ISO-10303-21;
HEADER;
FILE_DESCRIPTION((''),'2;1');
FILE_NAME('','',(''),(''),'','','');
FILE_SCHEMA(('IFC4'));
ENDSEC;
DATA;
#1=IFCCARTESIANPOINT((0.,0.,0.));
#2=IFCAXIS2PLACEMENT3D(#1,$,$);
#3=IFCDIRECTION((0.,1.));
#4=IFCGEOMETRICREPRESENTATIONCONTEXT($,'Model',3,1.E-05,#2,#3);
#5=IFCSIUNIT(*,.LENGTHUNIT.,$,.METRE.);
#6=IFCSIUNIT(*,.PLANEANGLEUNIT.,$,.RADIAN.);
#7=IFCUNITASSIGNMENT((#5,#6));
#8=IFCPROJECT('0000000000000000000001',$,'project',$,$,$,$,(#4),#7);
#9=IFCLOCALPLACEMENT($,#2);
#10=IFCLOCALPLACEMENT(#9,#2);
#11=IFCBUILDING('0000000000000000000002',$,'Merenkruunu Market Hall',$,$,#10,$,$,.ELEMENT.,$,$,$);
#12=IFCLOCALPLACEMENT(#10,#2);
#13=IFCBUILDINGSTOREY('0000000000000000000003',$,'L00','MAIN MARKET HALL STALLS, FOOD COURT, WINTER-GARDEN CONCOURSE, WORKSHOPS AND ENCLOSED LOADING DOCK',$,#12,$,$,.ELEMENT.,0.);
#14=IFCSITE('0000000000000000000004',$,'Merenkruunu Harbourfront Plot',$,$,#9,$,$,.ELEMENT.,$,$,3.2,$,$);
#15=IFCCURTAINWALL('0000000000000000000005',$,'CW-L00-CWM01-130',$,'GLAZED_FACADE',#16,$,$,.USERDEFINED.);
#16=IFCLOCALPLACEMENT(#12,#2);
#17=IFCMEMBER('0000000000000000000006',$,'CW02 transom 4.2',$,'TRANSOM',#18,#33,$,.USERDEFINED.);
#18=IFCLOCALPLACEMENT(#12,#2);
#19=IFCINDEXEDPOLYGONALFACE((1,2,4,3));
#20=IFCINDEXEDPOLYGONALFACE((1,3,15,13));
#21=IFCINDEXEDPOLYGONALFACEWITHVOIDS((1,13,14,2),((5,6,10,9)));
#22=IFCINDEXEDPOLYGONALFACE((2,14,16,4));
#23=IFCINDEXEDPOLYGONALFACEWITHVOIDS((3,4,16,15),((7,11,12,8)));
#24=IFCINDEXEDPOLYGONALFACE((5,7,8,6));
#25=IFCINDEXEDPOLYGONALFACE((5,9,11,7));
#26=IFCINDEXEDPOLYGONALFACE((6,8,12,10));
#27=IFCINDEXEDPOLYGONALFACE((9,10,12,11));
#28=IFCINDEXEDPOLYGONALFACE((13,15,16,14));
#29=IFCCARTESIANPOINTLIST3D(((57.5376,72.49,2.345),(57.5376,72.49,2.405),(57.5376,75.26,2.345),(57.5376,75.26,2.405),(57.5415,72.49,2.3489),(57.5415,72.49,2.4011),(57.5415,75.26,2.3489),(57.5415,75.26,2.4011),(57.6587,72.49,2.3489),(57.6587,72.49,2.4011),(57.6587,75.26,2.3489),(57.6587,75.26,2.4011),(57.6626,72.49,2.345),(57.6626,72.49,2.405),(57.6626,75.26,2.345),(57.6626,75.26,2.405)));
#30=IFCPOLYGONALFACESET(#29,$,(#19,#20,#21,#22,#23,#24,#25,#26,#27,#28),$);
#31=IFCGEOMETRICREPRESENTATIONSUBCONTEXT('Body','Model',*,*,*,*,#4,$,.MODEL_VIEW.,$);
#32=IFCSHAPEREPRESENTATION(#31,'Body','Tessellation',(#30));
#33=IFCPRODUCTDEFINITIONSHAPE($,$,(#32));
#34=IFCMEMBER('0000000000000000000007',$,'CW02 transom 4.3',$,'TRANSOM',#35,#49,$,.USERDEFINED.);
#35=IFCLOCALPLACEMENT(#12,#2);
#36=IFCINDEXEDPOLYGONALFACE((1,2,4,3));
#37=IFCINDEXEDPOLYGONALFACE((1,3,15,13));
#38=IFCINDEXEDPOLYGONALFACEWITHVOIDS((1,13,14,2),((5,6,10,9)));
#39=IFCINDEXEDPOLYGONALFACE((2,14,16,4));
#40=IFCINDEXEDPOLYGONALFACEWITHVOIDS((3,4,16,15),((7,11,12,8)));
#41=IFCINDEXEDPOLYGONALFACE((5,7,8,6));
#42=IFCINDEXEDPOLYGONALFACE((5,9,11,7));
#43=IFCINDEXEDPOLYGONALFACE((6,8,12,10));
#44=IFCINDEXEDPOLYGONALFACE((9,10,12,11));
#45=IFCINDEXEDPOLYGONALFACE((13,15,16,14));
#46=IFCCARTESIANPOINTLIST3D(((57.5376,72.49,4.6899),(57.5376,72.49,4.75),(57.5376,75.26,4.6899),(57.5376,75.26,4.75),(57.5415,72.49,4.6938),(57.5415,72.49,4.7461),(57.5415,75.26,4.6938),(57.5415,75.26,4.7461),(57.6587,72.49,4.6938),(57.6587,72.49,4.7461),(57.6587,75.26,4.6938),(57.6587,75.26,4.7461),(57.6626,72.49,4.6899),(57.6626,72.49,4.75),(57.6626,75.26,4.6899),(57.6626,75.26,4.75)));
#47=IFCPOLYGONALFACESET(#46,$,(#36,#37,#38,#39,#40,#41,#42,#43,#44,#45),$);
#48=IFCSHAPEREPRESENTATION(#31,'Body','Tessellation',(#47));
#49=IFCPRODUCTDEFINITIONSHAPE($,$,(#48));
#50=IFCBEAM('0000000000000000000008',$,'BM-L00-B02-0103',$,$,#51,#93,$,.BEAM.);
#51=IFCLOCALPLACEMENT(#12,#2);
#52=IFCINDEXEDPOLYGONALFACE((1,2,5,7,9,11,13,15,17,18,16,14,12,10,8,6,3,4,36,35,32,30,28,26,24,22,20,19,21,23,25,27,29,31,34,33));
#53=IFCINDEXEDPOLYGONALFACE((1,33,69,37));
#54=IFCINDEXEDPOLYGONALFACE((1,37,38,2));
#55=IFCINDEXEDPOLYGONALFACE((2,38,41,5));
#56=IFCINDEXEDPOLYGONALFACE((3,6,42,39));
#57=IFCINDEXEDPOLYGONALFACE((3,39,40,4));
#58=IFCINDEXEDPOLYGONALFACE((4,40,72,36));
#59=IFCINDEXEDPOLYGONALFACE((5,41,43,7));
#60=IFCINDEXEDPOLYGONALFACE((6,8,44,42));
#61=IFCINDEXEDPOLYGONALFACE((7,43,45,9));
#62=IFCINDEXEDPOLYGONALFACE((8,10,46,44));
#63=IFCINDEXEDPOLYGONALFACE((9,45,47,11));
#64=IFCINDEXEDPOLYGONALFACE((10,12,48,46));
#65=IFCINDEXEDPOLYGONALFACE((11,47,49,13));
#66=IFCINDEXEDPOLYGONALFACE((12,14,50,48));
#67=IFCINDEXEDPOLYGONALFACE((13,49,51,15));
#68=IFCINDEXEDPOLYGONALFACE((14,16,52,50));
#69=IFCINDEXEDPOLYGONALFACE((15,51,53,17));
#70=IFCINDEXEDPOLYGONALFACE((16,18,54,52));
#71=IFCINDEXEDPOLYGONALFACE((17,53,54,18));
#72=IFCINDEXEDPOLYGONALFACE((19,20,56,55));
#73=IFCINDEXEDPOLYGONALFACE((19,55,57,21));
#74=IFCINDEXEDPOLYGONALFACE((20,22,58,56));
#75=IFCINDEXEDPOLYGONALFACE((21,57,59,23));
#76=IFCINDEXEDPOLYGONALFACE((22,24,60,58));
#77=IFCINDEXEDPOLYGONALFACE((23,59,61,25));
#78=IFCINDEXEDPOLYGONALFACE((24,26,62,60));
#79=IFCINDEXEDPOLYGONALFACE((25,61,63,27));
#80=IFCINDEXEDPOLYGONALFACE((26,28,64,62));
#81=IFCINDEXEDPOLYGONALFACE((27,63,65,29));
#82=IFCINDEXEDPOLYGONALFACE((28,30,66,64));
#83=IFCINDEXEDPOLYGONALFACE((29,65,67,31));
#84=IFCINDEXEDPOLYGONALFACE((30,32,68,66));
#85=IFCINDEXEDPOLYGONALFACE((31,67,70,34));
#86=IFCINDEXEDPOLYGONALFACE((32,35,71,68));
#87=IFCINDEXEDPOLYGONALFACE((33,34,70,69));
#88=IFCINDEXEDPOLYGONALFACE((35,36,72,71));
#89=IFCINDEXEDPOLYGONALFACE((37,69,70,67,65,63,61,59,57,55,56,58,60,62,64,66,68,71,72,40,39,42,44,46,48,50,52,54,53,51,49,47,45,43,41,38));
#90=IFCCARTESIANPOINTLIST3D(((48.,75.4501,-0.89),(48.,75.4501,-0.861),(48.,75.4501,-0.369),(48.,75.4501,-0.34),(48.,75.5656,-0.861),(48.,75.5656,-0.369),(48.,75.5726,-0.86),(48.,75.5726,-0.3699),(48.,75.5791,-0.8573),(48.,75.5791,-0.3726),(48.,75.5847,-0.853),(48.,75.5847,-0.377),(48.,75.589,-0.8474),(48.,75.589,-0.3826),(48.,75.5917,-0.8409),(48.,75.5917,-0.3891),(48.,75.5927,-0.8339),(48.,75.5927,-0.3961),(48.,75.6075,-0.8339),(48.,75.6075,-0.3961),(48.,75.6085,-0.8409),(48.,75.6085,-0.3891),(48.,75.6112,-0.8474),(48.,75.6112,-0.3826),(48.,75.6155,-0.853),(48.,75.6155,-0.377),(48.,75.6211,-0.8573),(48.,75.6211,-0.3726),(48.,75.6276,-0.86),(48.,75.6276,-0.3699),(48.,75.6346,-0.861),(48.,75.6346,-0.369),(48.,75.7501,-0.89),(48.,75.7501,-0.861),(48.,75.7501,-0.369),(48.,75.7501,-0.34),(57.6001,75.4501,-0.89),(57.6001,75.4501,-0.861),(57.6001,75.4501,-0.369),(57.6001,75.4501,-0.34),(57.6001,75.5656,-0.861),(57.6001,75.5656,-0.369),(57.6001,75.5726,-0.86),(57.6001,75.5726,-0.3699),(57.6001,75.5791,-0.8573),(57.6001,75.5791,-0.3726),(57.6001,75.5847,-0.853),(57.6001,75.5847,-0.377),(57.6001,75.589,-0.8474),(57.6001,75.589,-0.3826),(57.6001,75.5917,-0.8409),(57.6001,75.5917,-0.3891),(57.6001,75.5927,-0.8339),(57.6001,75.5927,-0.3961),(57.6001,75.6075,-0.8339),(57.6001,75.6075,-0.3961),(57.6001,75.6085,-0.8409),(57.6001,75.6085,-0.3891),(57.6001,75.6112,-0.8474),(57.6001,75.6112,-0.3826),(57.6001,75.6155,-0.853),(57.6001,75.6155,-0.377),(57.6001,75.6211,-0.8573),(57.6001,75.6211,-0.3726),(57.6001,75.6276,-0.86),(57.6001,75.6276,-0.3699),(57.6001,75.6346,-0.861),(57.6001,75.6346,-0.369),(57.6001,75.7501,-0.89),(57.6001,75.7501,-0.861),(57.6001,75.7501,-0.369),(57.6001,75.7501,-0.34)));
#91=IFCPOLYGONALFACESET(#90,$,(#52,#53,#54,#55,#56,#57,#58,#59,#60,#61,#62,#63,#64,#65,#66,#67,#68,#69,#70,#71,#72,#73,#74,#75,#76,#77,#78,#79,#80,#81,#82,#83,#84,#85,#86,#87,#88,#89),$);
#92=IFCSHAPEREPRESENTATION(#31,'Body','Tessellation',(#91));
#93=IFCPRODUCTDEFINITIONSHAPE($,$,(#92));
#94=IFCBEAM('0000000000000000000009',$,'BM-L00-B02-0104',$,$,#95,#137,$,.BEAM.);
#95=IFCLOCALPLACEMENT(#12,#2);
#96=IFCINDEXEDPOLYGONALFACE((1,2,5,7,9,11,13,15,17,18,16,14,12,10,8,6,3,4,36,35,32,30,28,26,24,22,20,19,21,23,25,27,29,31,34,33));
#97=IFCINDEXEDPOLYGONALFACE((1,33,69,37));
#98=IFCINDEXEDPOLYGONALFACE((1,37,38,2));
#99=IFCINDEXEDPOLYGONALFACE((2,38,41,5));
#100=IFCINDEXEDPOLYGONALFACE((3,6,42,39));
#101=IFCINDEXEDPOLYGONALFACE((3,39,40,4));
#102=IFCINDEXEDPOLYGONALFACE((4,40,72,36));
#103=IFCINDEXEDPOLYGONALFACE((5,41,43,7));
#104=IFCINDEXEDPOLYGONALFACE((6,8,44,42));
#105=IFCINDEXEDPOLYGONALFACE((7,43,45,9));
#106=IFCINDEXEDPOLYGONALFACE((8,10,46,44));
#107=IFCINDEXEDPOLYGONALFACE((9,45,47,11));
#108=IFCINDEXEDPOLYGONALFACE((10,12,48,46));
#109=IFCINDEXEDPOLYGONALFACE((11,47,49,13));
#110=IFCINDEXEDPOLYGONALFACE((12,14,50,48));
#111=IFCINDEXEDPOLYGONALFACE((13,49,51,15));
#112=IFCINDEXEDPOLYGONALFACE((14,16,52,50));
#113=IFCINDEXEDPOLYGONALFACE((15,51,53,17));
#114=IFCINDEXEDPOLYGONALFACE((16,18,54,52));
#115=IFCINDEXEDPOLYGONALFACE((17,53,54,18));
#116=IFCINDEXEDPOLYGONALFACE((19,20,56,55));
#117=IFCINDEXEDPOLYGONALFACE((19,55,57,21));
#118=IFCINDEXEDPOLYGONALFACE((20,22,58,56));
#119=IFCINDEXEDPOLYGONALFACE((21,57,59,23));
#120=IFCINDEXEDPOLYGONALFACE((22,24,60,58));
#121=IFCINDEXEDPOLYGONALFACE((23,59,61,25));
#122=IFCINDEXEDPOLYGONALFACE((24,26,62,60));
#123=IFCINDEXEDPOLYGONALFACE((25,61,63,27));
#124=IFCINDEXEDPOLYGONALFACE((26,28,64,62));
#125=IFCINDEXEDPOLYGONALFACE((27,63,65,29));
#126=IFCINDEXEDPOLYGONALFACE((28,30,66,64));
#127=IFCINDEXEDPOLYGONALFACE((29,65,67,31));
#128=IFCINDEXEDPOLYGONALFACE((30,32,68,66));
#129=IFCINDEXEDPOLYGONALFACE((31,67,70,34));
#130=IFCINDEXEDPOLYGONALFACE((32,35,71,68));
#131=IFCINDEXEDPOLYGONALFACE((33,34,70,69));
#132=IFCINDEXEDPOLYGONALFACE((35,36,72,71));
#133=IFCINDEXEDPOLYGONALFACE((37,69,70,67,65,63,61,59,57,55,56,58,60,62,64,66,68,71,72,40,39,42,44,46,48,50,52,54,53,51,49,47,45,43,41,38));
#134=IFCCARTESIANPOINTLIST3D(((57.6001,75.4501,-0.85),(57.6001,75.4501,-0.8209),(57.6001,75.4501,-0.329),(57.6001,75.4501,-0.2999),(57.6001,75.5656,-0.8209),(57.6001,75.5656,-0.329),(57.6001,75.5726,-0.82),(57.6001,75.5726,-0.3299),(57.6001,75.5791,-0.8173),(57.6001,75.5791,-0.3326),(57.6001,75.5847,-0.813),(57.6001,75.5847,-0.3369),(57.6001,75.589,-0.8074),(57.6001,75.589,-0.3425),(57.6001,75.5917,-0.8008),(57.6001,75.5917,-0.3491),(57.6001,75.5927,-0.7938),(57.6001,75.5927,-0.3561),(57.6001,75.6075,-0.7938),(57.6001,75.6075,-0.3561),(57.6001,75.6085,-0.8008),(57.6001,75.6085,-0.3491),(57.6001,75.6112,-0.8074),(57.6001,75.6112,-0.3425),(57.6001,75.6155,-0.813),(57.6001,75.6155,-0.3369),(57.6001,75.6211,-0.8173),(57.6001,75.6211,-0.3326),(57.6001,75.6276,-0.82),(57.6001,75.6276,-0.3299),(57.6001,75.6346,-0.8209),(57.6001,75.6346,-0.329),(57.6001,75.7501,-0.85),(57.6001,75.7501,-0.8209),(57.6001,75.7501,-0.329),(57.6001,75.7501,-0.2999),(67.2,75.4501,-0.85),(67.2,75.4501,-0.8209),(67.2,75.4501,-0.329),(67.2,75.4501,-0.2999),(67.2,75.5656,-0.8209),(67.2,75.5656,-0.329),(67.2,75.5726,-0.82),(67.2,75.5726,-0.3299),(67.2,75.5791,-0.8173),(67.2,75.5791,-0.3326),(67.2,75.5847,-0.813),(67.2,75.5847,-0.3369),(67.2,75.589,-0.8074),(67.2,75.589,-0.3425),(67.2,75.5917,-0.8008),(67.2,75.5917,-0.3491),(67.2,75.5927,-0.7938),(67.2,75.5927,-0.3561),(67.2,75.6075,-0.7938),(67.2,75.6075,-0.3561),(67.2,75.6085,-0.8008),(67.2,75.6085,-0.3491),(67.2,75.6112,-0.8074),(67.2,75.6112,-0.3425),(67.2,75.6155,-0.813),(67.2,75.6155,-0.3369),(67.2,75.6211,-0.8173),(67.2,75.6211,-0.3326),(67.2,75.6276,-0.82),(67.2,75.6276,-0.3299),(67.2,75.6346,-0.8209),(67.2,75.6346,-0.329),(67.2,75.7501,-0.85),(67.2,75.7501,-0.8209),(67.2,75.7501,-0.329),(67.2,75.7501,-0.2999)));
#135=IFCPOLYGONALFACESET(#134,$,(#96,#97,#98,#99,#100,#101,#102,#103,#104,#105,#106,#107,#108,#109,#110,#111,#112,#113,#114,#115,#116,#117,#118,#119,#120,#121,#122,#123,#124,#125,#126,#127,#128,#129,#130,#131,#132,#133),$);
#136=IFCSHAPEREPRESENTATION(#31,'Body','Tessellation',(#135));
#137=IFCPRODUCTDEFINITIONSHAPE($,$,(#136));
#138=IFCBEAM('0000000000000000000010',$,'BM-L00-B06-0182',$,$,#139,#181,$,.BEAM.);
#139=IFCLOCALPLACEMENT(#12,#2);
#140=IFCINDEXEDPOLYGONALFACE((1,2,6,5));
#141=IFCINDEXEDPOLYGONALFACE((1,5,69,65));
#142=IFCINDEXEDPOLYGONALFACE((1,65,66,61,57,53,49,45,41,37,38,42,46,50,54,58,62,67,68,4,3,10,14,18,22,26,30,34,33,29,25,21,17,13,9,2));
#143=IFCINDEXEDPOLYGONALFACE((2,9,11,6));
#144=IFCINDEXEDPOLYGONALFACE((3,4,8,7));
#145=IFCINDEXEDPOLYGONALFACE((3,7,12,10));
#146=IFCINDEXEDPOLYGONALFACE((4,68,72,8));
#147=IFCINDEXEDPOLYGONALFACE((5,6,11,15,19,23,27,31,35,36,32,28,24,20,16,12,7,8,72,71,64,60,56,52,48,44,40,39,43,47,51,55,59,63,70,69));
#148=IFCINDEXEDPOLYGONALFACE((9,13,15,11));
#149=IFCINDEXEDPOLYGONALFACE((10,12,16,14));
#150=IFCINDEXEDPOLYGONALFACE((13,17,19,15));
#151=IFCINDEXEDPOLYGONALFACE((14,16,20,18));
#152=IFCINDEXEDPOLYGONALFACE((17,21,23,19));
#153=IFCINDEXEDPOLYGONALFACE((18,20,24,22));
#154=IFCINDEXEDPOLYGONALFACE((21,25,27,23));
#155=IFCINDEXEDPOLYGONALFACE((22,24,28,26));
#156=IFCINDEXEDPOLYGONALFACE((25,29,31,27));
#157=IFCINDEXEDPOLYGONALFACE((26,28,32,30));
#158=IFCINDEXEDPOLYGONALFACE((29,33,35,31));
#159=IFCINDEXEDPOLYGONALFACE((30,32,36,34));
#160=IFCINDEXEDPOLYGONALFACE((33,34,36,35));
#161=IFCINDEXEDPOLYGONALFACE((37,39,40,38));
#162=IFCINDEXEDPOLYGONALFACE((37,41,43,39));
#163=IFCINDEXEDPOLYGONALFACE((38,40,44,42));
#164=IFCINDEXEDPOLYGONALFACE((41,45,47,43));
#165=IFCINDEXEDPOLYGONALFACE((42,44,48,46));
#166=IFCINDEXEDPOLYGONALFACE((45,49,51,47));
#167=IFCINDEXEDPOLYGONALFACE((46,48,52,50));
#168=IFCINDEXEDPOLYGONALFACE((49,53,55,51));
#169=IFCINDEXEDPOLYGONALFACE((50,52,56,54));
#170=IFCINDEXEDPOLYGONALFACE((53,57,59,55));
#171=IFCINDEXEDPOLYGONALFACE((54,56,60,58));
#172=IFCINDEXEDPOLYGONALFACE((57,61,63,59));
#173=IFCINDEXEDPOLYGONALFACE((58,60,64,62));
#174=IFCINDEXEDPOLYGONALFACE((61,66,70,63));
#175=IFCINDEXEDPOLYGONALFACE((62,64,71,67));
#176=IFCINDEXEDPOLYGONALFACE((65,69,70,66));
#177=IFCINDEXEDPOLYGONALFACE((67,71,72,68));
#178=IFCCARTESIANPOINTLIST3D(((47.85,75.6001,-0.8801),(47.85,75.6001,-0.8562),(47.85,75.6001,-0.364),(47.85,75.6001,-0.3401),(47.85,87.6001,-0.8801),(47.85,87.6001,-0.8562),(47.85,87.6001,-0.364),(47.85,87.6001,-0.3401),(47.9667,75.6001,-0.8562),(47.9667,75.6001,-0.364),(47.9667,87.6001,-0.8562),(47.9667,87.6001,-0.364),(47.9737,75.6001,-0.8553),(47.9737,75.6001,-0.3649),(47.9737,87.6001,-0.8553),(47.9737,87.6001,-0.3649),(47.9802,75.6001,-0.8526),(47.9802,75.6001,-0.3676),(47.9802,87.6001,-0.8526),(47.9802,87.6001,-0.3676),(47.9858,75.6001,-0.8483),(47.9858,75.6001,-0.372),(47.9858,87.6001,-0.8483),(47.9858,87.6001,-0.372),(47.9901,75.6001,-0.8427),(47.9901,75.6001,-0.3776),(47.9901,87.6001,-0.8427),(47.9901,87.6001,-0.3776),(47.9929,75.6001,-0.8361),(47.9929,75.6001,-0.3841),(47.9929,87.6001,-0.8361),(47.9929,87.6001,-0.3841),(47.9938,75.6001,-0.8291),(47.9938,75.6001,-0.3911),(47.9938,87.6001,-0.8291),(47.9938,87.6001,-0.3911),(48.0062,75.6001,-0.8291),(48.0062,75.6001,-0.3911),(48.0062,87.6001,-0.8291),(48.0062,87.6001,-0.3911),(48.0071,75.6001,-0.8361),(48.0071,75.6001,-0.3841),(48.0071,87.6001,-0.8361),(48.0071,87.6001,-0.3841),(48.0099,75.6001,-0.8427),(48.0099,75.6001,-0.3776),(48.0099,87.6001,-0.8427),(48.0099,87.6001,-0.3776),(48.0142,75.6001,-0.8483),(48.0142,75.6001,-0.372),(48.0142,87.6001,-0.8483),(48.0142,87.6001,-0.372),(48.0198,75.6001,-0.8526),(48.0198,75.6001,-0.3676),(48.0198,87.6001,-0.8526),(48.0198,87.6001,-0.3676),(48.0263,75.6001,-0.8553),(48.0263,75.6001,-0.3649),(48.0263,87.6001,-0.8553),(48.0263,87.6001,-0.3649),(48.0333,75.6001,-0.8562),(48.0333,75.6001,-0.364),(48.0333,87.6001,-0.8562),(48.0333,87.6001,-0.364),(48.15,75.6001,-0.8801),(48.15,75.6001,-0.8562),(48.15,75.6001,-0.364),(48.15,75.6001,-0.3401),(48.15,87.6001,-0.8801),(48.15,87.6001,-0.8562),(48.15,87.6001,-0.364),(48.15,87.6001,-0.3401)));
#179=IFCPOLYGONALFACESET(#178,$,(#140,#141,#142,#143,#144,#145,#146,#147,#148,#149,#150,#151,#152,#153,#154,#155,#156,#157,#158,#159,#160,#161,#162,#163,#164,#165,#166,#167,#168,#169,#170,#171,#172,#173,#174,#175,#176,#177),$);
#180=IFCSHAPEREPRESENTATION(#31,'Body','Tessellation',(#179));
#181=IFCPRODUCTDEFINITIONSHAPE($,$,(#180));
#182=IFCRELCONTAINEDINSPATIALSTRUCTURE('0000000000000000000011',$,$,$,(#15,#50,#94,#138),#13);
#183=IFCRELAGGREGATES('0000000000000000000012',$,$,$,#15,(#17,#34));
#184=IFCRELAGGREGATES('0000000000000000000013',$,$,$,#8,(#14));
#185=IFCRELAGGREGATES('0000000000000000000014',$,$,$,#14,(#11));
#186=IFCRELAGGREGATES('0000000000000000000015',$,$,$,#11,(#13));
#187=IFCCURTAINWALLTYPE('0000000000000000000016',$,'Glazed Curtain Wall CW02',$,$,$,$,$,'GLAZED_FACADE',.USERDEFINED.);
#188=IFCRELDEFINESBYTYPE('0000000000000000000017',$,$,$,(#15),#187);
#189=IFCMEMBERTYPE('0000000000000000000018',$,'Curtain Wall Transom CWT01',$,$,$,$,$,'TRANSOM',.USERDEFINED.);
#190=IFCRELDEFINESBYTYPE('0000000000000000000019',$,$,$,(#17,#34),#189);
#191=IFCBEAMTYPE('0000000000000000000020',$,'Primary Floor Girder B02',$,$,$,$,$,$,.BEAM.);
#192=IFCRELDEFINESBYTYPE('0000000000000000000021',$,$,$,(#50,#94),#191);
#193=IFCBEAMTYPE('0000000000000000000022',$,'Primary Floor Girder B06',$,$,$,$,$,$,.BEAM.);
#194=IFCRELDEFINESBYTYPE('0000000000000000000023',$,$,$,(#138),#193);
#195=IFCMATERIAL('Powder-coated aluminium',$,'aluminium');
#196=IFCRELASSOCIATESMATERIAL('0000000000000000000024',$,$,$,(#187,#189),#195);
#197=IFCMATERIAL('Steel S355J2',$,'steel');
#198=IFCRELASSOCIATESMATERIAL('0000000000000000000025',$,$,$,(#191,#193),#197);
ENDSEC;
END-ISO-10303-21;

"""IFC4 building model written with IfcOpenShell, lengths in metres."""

from ifc_helpers import new_model, si_unit, direction, frame, origin, origin_2d, place, context, subcontext, project, spatial, hollow_rectangle, i_section, extrude, material, material_profile, profile_set, type_object, element, aggregate, save


model = new_model("IFC4")

# Units and contexts
model_context = context("Model", 3, precision=1e-05, world=origin(), true_north=direction((0.0, 1.0)))
body_context = subcontext(model_context, "Body", "Model", "MODEL_VIEW")
ifc_project = project(units=[si_unit("LENGTHUNIT", "METRE"), si_unit("PLANEANGLEUNIT", "RADIAN")], contexts=[model_context])

# Site, building, storey
site_placement = place(None, origin())
site = spatial("IfcSite", under=ifc_project, at=site_placement, Name="Merenkruunu Harbourfront Plot", CompositionType="ELEMENT", RefElevation=3.2)
building_placement = place(site_placement, origin())
building = spatial("IfcBuilding", under=site, at=building_placement, Name="Merenkruunu Market Hall", CompositionType="ELEMENT")
storey_placement = place(building_placement, origin())
storey = spatial("IfcBuildingStorey", under=building, at=storey_placement, Name="L00", Description="MAIN MARKET HALL STALLS, FOOD COURT, WINTER-GARDEN CONCOURSE, WORKSHOPS AND ENCLOSED LOADING DOCK", CompositionType="ELEMENT", Elevation=0.0)

# Shared definitions
ifc_material_1 = material(Name="Steel S355J2", Category="steel")

# Curtain wall, members
ifc_material_2 = material(Name="Powder-coated aluminium", Category="aluminium")
curtain_wall_type = type_object("IfcCurtainWallType", Name="Glazed Curtain Wall CW02", ElementType="GLAZED_FACADE", PredefinedType="USERDEFINED", material=ifc_material_2)
curtain_wall_placement = place(storey_placement, origin())
curtain_wall = element("IfcCurtainWall", 1, at=curtain_wall_placement, inside=storey, type_object=curtain_wall_type, Name="CW-L00-CWM01-130", ObjectType="GLAZED_FACADE", PredefinedType="USERDEFINED")
ifc_material_profile_1 = material_profile(ifc_material_2, hollow_rectangle(XDim=0.0601, YDim=0.125, WallThickness=0.0039, at=origin_2d()), Name="ALU 60x125x4")
ifc_profile_set_1 = profile_set([ifc_material_profile_1], Name="Powder-coated aluminium")
member_type_1 = type_object("IfcMemberType", Name="Curtain Wall Transom CWT01", ElementType="TRANSOM", PredefinedType="USERDEFINED", material=ifc_profile_set_1)
member_1_placement = place(storey_placement, frame((57.6001, 72.49, 2.375), z_axis=(0.0, 1.0, 0.0), x_axis=(0.0, 0.0, 1.0)))
member_1 = element("IfcMember", 2, at=member_1_placement, type_object=member_type_1, Name="CW02 transom 4.2", ObjectType="TRANSOM", PredefinedType="USERDEFINED", context=body_context, shape_type="SweptSolid", body=[
    extrude(hollow_rectangle(XDim=0.0601, YDim=0.125, WallThickness=0.0039, at=origin_2d()), origin(), (0.0, 0.0, 1.0), 2.77),
])
member_2_placement = place(storey_placement, frame((57.6001, 72.49, 4.72), z_axis=(0.0, 1.0, 0.0), x_axis=(0.0, 0.0, 1.0)))
member_2 = element("IfcMember", 3, at=member_2_placement, type_object=member_type_1, Name="CW02 transom 4.3", ObjectType="TRANSOM", PredefinedType="USERDEFINED", context=body_context, shape_type="SweptSolid", body=[
    extrude(hollow_rectangle(XDim=0.0601, YDim=0.125, WallThickness=0.0039, at=origin_2d()), origin(), (0.0, 0.0, 1.0), 2.77),
])

# Beams
ifc_material_profile_2 = material_profile(ifc_material_1, i_section(OverallWidth=0.3, OverallDepth=0.55, WebThickness=0.0149, FlangeThickness=0.0291, FilletRadius=0.0271, at=origin_2d()), Name="HEB 550")
ifc_profile_set_2 = profile_set([ifc_material_profile_2], Name="Steel S355J2")
beam_type_1 = type_object("IfcBeamType", Name="Primary Floor Girder B02", PredefinedType="BEAM", material=ifc_profile_set_2)
beam_1_placement = place(storey_placement, frame((48.0, 75.6001, -0.615), z_axis=(1.0, 0.0, 0.0), x_axis=(0.0, 1.0, 0.0)))
element("IfcBeam", 4, at=beam_1_placement, inside=storey, type_object=beam_type_1, Name="BM-L00-B02-0103", PredefinedType="BEAM", context=body_context, shape_type="SweptSolid", body=[
    extrude(i_section(OverallWidth=0.3, OverallDepth=0.55, WebThickness=0.0149, FlangeThickness=0.0291, FilletRadius=0.0271, at=origin_2d()), origin(), (0.0, 0.0, 1.0), 9.6001),
])
beam_2_placement = place(storey_placement, frame((57.6001, 75.6001, -0.575), z_axis=(1.0, 0.0, 0.0), x_axis=(0.0, 1.0, 0.0)))
element("IfcBeam", 5, at=beam_2_placement, inside=storey, type_object=beam_type_1, Name="BM-L00-B02-0104", PredefinedType="BEAM", context=body_context, shape_type="SweptSolid", body=[
    extrude(i_section(OverallWidth=0.3, OverallDepth=0.55, WebThickness=0.0149, FlangeThickness=0.0291, FilletRadius=0.0271, at=origin_2d()), origin(), (0.0, 0.0, 1.0), 9.5999),
])
ifc_material_profile_3 = material_profile(ifc_material_1, i_section(OverallWidth=0.3, OverallDepth=0.54, WebThickness=0.0125, FlangeThickness=0.0239, FilletRadius=0.0271, at=origin_2d()), Name="HEA 550")
ifc_profile_set_3 = profile_set([ifc_material_profile_3], Name="Steel S355J2")
beam_type_2 = type_object("IfcBeamType", Name="Primary Floor Girder B06", PredefinedType="BEAM", material=ifc_profile_set_3)
beam_3_placement = place(storey_placement, frame((48.0, 75.6001, -0.6101), z_axis=(0.0, 1.0, 0.0), x_axis=(-1.0, 0.0, 0.0)))
element("IfcBeam", 6, at=beam_3_placement, inside=storey, type_object=beam_type_2, Name="BM-L00-B06-0182", PredefinedType="BEAM", context=body_context, shape_type="SweptSolid", body=[
    extrude(i_section(OverallWidth=0.3, OverallDepth=0.54, WebThickness=0.0125, FlangeThickness=0.0239, FilletRadius=0.0271, at=origin_2d()), origin(), (0.0, 0.0, 1.0), 12.0),
])

aggregate(curtain_wall, [member_1, member_2])

save(model, "model.ifc")
